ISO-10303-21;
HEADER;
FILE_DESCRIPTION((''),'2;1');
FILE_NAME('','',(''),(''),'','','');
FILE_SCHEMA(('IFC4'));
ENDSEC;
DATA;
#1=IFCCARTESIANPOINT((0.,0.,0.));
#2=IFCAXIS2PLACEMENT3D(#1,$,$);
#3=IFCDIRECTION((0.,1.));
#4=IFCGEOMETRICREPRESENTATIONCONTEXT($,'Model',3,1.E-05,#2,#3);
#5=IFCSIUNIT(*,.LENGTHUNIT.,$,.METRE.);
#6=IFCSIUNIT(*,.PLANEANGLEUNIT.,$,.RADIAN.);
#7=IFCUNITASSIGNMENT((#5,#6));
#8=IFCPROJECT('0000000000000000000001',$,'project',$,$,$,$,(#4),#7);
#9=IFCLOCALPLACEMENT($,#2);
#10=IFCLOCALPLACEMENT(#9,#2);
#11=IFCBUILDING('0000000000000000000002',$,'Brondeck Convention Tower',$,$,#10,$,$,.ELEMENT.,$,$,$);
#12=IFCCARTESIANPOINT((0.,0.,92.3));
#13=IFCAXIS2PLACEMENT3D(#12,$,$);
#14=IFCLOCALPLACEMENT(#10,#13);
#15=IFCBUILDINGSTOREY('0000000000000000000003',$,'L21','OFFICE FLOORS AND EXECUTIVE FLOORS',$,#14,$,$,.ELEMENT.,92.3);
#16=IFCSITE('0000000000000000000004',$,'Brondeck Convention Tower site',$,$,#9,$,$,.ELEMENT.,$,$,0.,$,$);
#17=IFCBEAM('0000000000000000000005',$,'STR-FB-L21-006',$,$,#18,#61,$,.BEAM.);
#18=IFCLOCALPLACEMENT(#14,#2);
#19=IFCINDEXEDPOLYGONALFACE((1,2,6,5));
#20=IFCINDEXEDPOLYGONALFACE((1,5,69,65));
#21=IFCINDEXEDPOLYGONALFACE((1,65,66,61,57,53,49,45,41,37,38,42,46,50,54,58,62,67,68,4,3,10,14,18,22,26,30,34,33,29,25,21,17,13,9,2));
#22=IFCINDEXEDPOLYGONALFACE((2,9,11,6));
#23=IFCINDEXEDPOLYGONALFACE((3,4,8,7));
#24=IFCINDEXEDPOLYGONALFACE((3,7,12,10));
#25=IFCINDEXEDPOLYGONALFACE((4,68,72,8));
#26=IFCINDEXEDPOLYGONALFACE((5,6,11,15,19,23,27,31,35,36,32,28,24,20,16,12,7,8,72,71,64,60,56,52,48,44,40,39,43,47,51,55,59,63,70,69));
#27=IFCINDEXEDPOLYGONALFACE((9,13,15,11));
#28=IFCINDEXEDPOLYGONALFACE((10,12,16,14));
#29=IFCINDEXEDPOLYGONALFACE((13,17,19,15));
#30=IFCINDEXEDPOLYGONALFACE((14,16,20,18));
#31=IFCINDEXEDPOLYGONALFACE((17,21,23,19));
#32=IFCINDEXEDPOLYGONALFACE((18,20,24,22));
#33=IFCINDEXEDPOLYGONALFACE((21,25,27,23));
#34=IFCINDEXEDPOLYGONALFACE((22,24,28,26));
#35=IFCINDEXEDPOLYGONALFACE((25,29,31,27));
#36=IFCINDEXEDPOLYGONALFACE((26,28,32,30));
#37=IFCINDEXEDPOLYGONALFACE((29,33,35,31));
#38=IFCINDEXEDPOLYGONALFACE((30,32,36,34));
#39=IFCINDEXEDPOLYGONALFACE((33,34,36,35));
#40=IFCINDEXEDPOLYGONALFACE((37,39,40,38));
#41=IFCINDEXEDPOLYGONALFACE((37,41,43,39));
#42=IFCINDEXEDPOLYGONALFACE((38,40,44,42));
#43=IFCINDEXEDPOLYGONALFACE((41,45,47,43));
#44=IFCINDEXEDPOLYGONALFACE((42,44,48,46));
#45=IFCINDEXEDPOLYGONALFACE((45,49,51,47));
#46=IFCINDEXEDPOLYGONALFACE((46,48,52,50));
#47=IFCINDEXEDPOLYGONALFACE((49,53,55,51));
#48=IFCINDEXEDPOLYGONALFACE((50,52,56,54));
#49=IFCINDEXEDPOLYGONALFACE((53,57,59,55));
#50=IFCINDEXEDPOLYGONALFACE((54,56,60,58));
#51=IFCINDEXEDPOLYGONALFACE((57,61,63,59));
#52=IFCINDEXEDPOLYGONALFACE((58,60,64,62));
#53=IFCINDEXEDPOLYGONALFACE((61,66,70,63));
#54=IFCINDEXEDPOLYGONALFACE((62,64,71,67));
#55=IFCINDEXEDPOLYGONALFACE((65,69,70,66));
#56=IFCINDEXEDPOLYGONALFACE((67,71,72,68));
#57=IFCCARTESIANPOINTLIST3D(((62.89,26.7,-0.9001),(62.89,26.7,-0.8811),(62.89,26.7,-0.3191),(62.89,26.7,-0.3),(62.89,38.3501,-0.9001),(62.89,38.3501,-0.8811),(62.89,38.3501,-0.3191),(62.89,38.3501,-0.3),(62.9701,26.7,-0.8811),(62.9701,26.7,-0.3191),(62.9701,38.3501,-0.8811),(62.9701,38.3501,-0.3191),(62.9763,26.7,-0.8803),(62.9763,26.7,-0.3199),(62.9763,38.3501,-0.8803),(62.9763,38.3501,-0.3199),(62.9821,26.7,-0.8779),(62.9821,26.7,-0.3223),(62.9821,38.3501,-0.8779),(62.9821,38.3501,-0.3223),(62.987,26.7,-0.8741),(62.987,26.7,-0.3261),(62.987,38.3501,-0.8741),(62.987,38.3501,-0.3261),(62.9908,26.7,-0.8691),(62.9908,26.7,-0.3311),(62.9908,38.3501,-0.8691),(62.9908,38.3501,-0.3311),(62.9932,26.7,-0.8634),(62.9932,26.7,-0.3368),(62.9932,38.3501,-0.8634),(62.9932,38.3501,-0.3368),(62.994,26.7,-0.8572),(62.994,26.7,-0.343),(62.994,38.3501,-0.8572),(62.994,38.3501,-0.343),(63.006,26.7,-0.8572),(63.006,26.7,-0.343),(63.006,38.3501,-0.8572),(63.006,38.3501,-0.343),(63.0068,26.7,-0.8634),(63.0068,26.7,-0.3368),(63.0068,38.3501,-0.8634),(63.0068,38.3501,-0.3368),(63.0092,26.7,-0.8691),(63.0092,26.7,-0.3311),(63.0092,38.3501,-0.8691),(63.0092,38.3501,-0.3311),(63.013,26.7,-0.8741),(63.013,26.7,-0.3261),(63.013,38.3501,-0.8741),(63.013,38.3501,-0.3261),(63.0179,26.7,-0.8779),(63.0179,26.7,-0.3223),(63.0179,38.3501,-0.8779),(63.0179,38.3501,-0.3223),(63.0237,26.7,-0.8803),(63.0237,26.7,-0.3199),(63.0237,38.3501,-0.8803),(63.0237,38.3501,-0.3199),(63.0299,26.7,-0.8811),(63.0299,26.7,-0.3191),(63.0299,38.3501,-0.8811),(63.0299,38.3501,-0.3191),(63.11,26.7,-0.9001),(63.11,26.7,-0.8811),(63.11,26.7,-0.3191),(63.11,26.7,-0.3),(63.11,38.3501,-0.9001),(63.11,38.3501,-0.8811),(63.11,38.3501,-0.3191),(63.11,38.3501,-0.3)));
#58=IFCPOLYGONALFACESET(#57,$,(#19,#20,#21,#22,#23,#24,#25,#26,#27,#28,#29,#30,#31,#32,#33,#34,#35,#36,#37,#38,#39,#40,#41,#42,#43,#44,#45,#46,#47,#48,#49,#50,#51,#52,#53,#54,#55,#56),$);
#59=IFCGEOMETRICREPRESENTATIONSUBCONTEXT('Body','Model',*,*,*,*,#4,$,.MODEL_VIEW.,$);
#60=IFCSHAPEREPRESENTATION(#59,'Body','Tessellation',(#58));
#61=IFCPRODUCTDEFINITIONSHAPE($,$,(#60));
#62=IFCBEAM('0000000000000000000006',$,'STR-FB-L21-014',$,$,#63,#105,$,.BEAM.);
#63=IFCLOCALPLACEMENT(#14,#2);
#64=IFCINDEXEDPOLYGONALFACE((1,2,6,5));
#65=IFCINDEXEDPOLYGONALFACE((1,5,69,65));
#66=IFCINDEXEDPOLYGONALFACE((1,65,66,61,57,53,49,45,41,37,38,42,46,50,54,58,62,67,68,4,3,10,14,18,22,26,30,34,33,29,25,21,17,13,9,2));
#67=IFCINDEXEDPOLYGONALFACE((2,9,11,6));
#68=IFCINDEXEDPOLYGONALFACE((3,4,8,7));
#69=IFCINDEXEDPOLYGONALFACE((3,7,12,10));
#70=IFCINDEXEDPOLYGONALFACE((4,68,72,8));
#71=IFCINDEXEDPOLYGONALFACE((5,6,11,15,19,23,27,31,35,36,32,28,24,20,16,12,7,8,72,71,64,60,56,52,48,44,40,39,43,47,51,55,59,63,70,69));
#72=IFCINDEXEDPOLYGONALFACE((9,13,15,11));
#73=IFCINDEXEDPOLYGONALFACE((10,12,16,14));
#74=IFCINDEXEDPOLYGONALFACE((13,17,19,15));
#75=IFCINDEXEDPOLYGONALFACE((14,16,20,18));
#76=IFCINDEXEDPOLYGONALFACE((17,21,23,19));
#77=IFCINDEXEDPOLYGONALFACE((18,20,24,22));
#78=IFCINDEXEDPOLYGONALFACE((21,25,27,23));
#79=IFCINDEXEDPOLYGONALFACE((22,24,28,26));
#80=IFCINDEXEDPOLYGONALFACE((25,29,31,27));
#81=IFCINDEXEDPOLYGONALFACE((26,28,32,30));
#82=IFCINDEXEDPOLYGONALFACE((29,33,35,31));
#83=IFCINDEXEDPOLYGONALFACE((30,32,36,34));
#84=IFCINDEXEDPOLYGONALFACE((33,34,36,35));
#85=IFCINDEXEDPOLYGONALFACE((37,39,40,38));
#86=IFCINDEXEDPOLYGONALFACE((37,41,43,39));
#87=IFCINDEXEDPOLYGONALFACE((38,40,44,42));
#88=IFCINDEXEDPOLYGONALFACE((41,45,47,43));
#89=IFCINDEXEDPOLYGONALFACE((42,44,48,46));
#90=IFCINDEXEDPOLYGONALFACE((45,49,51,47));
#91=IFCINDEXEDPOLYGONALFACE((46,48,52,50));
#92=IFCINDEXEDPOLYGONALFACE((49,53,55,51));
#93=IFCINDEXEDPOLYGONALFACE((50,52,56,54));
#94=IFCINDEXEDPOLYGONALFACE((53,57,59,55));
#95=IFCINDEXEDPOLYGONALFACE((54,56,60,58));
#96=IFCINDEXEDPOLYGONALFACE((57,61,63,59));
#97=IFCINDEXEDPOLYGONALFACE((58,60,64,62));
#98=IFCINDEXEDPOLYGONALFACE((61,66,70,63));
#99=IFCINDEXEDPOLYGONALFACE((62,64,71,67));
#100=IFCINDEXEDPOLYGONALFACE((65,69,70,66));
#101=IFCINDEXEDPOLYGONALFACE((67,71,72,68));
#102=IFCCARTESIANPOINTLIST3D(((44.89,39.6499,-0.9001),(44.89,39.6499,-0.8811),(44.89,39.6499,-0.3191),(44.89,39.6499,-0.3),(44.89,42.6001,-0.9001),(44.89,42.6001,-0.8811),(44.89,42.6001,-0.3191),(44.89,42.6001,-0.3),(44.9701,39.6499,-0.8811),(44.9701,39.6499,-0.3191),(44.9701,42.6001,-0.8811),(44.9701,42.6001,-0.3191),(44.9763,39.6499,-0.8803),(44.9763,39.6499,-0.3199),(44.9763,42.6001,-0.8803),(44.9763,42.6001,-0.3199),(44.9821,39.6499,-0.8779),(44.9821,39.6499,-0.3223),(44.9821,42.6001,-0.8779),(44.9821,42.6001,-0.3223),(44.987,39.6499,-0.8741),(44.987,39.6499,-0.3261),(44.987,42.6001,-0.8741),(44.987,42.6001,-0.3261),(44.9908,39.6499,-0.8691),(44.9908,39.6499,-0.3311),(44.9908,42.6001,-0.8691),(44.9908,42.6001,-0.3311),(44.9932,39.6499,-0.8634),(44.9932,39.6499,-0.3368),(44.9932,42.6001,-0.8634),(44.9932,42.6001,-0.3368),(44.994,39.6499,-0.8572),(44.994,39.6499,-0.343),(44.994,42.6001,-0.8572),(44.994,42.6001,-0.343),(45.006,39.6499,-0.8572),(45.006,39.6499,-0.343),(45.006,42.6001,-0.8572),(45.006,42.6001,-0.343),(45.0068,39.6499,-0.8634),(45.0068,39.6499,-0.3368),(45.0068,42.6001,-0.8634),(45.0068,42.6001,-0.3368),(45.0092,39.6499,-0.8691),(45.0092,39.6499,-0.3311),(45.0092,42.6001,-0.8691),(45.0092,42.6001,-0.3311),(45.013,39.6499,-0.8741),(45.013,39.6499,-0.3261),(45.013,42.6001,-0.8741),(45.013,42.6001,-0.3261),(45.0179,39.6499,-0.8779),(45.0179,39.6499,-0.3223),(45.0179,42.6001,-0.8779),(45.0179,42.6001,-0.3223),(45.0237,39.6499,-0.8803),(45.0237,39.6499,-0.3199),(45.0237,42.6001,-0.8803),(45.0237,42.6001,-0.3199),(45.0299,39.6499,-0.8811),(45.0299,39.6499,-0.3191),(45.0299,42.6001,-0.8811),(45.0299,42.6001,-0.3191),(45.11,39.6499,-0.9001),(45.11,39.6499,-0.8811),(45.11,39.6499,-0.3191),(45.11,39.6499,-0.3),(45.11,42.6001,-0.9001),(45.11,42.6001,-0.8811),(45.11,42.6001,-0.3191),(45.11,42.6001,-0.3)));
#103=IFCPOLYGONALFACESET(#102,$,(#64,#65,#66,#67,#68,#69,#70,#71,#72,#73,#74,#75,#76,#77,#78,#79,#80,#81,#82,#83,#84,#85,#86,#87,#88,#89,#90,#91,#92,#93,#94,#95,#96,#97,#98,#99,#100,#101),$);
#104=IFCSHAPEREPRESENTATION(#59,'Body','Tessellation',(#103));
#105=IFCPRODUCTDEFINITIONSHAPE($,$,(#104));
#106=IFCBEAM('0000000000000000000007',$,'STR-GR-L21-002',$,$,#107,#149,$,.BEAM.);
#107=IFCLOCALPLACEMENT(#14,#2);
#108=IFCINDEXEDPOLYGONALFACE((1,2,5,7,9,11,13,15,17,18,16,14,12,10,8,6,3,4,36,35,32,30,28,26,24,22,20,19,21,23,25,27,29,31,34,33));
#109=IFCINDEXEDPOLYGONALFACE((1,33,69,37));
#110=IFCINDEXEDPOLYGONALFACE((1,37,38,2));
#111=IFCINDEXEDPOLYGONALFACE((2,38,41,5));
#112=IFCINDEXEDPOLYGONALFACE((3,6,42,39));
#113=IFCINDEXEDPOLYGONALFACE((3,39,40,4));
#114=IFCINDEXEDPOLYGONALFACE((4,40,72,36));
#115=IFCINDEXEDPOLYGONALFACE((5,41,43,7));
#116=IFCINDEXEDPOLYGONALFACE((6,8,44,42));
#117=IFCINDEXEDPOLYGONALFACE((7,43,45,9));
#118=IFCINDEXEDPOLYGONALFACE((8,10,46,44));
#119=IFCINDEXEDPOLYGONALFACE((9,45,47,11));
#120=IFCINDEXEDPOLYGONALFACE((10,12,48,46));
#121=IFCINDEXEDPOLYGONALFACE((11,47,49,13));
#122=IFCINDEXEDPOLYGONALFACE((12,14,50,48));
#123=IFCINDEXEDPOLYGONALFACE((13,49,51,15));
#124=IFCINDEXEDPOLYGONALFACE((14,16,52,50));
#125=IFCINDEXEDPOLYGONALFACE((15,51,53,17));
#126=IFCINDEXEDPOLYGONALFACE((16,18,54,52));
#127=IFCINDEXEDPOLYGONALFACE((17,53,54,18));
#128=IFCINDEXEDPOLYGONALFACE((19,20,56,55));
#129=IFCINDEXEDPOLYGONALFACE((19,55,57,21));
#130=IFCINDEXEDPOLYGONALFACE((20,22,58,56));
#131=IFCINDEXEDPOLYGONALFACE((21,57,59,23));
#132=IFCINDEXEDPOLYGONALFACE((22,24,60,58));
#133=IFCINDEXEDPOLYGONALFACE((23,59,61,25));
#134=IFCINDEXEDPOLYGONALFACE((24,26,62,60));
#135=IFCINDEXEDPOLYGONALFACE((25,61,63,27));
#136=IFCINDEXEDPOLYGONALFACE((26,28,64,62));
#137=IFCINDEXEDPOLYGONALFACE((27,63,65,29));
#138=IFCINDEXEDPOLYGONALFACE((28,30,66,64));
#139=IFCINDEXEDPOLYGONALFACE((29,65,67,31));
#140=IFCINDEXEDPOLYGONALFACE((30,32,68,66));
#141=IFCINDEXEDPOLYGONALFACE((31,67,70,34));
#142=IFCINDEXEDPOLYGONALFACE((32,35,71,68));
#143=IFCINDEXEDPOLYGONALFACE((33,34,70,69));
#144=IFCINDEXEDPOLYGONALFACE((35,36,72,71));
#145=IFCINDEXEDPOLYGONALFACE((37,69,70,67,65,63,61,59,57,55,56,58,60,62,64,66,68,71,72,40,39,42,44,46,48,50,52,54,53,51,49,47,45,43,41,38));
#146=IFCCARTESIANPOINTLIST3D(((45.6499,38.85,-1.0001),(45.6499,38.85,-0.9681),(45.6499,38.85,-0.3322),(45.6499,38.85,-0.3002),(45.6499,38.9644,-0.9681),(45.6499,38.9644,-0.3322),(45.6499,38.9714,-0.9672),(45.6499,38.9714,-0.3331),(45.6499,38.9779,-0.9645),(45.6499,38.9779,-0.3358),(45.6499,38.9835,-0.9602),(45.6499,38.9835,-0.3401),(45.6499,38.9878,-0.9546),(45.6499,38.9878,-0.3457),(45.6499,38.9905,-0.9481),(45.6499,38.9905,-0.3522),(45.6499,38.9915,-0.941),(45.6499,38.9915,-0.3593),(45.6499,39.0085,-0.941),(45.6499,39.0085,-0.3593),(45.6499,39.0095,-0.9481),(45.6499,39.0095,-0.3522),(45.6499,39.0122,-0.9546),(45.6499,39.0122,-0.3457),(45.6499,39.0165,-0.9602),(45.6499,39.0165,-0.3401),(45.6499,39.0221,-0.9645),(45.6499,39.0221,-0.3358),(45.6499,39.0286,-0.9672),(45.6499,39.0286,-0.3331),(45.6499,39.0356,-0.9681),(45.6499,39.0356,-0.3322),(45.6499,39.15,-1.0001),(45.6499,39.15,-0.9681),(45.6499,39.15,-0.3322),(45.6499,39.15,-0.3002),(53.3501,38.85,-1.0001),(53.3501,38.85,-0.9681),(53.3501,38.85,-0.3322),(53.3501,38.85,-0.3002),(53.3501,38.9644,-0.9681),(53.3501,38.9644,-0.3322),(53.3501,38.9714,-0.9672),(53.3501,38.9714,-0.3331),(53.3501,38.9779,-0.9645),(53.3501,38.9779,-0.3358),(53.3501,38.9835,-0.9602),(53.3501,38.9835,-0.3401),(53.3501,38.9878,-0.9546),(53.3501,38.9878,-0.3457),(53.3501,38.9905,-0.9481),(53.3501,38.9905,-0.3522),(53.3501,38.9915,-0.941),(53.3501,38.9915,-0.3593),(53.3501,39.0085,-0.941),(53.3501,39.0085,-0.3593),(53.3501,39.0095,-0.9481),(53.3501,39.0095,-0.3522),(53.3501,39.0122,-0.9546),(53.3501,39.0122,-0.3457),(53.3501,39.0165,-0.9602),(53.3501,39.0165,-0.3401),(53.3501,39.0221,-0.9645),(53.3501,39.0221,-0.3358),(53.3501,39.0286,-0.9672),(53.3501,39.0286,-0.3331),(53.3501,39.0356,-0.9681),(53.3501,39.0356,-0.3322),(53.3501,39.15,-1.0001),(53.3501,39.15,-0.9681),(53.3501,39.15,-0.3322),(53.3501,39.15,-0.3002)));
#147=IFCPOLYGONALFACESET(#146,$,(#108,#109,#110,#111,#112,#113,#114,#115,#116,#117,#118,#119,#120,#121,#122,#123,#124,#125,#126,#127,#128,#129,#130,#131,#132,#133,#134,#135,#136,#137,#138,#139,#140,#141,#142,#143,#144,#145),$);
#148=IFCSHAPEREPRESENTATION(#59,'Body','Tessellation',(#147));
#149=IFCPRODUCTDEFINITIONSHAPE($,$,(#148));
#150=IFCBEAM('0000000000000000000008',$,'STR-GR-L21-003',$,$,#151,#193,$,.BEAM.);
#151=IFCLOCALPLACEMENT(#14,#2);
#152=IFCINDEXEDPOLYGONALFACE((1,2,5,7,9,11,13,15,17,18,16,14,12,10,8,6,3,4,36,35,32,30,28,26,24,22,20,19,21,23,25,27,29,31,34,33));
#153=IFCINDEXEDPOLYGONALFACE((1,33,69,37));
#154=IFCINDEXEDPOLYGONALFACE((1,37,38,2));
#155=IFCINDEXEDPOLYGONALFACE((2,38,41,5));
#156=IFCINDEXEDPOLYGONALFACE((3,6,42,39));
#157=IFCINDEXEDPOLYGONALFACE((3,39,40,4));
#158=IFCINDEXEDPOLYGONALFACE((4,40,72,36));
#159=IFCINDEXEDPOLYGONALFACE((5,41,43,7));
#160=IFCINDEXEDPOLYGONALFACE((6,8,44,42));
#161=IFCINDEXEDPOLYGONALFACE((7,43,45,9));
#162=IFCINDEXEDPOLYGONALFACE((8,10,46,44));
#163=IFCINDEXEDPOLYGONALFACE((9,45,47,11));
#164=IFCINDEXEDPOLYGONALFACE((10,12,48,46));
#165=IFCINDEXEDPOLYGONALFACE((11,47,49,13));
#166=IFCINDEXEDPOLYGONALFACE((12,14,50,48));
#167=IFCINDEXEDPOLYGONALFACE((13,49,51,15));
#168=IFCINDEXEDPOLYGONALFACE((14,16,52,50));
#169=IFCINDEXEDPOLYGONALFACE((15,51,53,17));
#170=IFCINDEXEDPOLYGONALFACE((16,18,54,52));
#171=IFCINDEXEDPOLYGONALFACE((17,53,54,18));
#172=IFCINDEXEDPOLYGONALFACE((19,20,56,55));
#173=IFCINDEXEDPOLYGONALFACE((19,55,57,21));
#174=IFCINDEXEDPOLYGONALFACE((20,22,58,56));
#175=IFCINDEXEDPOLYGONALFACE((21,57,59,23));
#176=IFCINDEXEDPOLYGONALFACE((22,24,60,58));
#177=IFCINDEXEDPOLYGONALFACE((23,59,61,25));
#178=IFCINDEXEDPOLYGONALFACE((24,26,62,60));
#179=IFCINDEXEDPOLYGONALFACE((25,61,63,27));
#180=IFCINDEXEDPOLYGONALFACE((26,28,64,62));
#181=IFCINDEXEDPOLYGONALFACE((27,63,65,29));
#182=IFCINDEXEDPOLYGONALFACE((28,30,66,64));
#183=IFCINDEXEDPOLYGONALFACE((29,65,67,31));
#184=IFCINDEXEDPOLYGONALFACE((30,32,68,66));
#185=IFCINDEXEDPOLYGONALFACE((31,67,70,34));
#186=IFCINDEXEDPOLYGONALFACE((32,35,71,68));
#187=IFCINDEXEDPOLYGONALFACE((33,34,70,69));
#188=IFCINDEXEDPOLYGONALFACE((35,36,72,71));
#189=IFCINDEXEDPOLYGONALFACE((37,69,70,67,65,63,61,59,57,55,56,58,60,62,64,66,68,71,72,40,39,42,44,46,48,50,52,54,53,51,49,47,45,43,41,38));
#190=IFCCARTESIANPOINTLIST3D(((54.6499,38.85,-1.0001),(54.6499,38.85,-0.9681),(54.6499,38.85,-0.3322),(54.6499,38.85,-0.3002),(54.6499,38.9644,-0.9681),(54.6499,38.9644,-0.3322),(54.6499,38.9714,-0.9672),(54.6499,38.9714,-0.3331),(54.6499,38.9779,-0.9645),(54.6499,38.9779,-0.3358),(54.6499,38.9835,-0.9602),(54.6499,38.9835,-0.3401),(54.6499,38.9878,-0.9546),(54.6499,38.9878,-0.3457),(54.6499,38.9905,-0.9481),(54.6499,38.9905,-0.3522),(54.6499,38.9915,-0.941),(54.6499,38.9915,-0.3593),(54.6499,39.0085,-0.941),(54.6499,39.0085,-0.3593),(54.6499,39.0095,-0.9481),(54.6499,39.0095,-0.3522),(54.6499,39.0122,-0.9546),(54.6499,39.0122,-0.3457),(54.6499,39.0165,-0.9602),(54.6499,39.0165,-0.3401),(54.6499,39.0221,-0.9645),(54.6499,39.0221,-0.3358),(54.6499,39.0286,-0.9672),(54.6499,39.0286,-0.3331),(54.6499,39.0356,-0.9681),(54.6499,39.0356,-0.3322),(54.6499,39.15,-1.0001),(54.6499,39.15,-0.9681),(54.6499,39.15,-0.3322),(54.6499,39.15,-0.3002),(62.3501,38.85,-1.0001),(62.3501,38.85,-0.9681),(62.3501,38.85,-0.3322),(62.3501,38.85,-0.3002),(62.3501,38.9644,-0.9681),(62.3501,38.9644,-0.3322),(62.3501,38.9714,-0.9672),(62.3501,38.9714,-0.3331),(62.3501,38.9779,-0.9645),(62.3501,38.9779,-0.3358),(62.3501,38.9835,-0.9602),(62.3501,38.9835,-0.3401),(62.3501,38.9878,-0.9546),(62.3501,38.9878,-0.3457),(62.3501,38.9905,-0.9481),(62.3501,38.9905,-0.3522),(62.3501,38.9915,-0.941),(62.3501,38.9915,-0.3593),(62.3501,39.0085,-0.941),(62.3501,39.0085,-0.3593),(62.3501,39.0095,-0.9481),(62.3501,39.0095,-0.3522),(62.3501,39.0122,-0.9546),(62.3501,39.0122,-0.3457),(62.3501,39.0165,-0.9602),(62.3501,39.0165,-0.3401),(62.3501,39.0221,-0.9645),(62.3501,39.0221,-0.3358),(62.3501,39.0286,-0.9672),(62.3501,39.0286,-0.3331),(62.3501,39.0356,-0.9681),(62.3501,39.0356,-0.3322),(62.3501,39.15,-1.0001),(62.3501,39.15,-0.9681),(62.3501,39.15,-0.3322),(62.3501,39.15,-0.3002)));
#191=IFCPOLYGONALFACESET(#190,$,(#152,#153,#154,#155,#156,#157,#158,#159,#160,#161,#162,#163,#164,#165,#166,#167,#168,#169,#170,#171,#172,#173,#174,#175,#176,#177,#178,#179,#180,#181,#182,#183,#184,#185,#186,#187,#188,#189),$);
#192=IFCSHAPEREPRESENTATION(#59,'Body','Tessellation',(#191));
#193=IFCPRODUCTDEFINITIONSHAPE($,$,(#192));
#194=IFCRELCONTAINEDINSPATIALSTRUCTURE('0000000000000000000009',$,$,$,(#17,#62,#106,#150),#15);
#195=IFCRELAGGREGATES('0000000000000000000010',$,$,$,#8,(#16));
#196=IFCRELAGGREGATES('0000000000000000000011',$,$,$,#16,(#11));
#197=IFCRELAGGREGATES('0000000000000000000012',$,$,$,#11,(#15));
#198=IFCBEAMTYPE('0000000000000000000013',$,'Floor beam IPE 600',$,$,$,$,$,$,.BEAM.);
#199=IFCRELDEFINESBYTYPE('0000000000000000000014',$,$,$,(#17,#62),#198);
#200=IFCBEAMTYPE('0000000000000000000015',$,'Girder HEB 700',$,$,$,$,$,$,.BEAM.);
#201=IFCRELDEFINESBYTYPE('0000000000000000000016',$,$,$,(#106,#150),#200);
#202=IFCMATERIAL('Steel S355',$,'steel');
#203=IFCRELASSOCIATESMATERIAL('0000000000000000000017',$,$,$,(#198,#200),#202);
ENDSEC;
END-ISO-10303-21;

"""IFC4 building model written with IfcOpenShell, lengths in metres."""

from ifc_helpers import new_model, si_unit, direction, frame, origin, origin_2d, place, context, subcontext, project, spatial, i_section, extrude, material, material_profile, profile_set, type_object, element, save


model = new_model("IFC4")

# Units and contexts
model_context = context("Model", 3, precision=1e-05, world=origin(), true_north=direction((0.0, 1.0)))
body_context = subcontext(model_context, "Body", "Model", "MODEL_VIEW")
ifc_project = project(units=[si_unit("LENGTHUNIT", "METRE"), si_unit("PLANEANGLEUNIT", "RADIAN")], contexts=[model_context])

# Site, building, storey
site_placement = place(None, origin())
site = spatial("IfcSite", under=ifc_project, at=site_placement, Name="Brondeck Convention Tower site", CompositionType="ELEMENT", RefElevation=0.0)
building_placement = place(site_placement, origin())
building = spatial("IfcBuilding", under=site, at=building_placement, Name="Brondeck Convention Tower", CompositionType="ELEMENT")
storey_placement = place(building_placement, frame((0.0, 0.0, 92.3)))
storey = spatial("IfcBuildingStorey", under=building, at=storey_placement, Name="L21", Description="OFFICE FLOORS AND EXECUTIVE FLOORS", CompositionType="ELEMENT", Elevation=92.3)

# Beams
ifc_material_1 = material(Name="Steel S355", Category="steel")
ifc_material_profile_1 = material_profile(ifc_material_1, i_section(OverallWidth=0.22, OverallDepth=0.6001, WebThickness=0.012, FlangeThickness=0.019, FilletRadius=0.0239, at=origin_2d()), Name="IPE 600")
ifc_profile_set_1 = profile_set([ifc_material_profile_1], Name="Steel S355")
beam_type_1 = type_object("IfcBeamType", Name="Floor beam IPE 600", PredefinedType="BEAM", material=ifc_profile_set_1)
beam_1_placement = place(storey_placement, frame((63.0, 26.7, -0.6001), z_axis=(0.0, 1.0, 0.0), x_axis=(-1.0, 0.0, 0.0)))
element("IfcBeam", 1, at=beam_1_placement, inside=storey, type_object=beam_type_1, Name="STR-FB-L21-006", PredefinedType="BEAM", context=body_context, shape_type="SweptSolid", body=[
    extrude(i_section(OverallWidth=0.22, OverallDepth=0.6001, WebThickness=0.012, FlangeThickness=0.019, FilletRadius=0.0239, at=origin_2d()), origin(), (0.0, 0.0, 1.0), 11.6501),
])
beam_2_placement = place(storey_placement, frame((45.0, 39.6499, -0.6001), z_axis=(0.0, 1.0, 0.0), x_axis=(-1.0, 0.0, 0.0)))
element("IfcBeam", 2, at=beam_2_placement, inside=storey, type_object=beam_type_1, Name="STR-FB-L21-014", PredefinedType="BEAM", context=body_context, shape_type="SweptSolid", body=[
    extrude(i_section(OverallWidth=0.22, OverallDepth=0.6001, WebThickness=0.012, FlangeThickness=0.019, FilletRadius=0.0239, at=origin_2d()), origin(), (0.0, 0.0, 1.0), 2.9502),
])
ifc_material_profile_2 = material_profile(ifc_material_1, i_section(OverallWidth=0.3, OverallDepth=0.7, WebThickness=0.0171, FlangeThickness=0.032, FilletRadius=0.0271, at=origin_2d()), Name="HEB 700")
ifc_profile_set_2 = profile_set([ifc_material_profile_2], Name="Steel S355")
beam_type_2 = type_object("IfcBeamType", Name="Girder HEB 700", PredefinedType="BEAM", material=ifc_profile_set_2)
for number, where, z_axis, x_axis, name in (
    (3, (45.6499, 39.0, -0.6501), (1.0, 0.0, 0.0), (0.0, 1.0, 0.0), "STR-GR-L21-002"),
    (4, (54.6499, 39.0, -0.6501), (1.0, 0.0, 0.0), (0.0, 1.0, 0.0), "STR-GR-L21-003"),
):
    element("IfcBeam", number, at=place(storey_placement, frame(where, z_axis=z_axis, x_axis=x_axis)), inside=storey, type_object=beam_type_2, Name=name, PredefinedType="BEAM", context=body_context, shape_type="SweptSolid", body=[
        extrude(i_section(OverallWidth=0.3, OverallDepth=0.7, WebThickness=0.0171, FlangeThickness=0.032, FilletRadius=0.0271, at=origin_2d()), origin(), (0.0, 0.0, 1.0), 7.7002),
    ])

save(model, "model.ifc")
